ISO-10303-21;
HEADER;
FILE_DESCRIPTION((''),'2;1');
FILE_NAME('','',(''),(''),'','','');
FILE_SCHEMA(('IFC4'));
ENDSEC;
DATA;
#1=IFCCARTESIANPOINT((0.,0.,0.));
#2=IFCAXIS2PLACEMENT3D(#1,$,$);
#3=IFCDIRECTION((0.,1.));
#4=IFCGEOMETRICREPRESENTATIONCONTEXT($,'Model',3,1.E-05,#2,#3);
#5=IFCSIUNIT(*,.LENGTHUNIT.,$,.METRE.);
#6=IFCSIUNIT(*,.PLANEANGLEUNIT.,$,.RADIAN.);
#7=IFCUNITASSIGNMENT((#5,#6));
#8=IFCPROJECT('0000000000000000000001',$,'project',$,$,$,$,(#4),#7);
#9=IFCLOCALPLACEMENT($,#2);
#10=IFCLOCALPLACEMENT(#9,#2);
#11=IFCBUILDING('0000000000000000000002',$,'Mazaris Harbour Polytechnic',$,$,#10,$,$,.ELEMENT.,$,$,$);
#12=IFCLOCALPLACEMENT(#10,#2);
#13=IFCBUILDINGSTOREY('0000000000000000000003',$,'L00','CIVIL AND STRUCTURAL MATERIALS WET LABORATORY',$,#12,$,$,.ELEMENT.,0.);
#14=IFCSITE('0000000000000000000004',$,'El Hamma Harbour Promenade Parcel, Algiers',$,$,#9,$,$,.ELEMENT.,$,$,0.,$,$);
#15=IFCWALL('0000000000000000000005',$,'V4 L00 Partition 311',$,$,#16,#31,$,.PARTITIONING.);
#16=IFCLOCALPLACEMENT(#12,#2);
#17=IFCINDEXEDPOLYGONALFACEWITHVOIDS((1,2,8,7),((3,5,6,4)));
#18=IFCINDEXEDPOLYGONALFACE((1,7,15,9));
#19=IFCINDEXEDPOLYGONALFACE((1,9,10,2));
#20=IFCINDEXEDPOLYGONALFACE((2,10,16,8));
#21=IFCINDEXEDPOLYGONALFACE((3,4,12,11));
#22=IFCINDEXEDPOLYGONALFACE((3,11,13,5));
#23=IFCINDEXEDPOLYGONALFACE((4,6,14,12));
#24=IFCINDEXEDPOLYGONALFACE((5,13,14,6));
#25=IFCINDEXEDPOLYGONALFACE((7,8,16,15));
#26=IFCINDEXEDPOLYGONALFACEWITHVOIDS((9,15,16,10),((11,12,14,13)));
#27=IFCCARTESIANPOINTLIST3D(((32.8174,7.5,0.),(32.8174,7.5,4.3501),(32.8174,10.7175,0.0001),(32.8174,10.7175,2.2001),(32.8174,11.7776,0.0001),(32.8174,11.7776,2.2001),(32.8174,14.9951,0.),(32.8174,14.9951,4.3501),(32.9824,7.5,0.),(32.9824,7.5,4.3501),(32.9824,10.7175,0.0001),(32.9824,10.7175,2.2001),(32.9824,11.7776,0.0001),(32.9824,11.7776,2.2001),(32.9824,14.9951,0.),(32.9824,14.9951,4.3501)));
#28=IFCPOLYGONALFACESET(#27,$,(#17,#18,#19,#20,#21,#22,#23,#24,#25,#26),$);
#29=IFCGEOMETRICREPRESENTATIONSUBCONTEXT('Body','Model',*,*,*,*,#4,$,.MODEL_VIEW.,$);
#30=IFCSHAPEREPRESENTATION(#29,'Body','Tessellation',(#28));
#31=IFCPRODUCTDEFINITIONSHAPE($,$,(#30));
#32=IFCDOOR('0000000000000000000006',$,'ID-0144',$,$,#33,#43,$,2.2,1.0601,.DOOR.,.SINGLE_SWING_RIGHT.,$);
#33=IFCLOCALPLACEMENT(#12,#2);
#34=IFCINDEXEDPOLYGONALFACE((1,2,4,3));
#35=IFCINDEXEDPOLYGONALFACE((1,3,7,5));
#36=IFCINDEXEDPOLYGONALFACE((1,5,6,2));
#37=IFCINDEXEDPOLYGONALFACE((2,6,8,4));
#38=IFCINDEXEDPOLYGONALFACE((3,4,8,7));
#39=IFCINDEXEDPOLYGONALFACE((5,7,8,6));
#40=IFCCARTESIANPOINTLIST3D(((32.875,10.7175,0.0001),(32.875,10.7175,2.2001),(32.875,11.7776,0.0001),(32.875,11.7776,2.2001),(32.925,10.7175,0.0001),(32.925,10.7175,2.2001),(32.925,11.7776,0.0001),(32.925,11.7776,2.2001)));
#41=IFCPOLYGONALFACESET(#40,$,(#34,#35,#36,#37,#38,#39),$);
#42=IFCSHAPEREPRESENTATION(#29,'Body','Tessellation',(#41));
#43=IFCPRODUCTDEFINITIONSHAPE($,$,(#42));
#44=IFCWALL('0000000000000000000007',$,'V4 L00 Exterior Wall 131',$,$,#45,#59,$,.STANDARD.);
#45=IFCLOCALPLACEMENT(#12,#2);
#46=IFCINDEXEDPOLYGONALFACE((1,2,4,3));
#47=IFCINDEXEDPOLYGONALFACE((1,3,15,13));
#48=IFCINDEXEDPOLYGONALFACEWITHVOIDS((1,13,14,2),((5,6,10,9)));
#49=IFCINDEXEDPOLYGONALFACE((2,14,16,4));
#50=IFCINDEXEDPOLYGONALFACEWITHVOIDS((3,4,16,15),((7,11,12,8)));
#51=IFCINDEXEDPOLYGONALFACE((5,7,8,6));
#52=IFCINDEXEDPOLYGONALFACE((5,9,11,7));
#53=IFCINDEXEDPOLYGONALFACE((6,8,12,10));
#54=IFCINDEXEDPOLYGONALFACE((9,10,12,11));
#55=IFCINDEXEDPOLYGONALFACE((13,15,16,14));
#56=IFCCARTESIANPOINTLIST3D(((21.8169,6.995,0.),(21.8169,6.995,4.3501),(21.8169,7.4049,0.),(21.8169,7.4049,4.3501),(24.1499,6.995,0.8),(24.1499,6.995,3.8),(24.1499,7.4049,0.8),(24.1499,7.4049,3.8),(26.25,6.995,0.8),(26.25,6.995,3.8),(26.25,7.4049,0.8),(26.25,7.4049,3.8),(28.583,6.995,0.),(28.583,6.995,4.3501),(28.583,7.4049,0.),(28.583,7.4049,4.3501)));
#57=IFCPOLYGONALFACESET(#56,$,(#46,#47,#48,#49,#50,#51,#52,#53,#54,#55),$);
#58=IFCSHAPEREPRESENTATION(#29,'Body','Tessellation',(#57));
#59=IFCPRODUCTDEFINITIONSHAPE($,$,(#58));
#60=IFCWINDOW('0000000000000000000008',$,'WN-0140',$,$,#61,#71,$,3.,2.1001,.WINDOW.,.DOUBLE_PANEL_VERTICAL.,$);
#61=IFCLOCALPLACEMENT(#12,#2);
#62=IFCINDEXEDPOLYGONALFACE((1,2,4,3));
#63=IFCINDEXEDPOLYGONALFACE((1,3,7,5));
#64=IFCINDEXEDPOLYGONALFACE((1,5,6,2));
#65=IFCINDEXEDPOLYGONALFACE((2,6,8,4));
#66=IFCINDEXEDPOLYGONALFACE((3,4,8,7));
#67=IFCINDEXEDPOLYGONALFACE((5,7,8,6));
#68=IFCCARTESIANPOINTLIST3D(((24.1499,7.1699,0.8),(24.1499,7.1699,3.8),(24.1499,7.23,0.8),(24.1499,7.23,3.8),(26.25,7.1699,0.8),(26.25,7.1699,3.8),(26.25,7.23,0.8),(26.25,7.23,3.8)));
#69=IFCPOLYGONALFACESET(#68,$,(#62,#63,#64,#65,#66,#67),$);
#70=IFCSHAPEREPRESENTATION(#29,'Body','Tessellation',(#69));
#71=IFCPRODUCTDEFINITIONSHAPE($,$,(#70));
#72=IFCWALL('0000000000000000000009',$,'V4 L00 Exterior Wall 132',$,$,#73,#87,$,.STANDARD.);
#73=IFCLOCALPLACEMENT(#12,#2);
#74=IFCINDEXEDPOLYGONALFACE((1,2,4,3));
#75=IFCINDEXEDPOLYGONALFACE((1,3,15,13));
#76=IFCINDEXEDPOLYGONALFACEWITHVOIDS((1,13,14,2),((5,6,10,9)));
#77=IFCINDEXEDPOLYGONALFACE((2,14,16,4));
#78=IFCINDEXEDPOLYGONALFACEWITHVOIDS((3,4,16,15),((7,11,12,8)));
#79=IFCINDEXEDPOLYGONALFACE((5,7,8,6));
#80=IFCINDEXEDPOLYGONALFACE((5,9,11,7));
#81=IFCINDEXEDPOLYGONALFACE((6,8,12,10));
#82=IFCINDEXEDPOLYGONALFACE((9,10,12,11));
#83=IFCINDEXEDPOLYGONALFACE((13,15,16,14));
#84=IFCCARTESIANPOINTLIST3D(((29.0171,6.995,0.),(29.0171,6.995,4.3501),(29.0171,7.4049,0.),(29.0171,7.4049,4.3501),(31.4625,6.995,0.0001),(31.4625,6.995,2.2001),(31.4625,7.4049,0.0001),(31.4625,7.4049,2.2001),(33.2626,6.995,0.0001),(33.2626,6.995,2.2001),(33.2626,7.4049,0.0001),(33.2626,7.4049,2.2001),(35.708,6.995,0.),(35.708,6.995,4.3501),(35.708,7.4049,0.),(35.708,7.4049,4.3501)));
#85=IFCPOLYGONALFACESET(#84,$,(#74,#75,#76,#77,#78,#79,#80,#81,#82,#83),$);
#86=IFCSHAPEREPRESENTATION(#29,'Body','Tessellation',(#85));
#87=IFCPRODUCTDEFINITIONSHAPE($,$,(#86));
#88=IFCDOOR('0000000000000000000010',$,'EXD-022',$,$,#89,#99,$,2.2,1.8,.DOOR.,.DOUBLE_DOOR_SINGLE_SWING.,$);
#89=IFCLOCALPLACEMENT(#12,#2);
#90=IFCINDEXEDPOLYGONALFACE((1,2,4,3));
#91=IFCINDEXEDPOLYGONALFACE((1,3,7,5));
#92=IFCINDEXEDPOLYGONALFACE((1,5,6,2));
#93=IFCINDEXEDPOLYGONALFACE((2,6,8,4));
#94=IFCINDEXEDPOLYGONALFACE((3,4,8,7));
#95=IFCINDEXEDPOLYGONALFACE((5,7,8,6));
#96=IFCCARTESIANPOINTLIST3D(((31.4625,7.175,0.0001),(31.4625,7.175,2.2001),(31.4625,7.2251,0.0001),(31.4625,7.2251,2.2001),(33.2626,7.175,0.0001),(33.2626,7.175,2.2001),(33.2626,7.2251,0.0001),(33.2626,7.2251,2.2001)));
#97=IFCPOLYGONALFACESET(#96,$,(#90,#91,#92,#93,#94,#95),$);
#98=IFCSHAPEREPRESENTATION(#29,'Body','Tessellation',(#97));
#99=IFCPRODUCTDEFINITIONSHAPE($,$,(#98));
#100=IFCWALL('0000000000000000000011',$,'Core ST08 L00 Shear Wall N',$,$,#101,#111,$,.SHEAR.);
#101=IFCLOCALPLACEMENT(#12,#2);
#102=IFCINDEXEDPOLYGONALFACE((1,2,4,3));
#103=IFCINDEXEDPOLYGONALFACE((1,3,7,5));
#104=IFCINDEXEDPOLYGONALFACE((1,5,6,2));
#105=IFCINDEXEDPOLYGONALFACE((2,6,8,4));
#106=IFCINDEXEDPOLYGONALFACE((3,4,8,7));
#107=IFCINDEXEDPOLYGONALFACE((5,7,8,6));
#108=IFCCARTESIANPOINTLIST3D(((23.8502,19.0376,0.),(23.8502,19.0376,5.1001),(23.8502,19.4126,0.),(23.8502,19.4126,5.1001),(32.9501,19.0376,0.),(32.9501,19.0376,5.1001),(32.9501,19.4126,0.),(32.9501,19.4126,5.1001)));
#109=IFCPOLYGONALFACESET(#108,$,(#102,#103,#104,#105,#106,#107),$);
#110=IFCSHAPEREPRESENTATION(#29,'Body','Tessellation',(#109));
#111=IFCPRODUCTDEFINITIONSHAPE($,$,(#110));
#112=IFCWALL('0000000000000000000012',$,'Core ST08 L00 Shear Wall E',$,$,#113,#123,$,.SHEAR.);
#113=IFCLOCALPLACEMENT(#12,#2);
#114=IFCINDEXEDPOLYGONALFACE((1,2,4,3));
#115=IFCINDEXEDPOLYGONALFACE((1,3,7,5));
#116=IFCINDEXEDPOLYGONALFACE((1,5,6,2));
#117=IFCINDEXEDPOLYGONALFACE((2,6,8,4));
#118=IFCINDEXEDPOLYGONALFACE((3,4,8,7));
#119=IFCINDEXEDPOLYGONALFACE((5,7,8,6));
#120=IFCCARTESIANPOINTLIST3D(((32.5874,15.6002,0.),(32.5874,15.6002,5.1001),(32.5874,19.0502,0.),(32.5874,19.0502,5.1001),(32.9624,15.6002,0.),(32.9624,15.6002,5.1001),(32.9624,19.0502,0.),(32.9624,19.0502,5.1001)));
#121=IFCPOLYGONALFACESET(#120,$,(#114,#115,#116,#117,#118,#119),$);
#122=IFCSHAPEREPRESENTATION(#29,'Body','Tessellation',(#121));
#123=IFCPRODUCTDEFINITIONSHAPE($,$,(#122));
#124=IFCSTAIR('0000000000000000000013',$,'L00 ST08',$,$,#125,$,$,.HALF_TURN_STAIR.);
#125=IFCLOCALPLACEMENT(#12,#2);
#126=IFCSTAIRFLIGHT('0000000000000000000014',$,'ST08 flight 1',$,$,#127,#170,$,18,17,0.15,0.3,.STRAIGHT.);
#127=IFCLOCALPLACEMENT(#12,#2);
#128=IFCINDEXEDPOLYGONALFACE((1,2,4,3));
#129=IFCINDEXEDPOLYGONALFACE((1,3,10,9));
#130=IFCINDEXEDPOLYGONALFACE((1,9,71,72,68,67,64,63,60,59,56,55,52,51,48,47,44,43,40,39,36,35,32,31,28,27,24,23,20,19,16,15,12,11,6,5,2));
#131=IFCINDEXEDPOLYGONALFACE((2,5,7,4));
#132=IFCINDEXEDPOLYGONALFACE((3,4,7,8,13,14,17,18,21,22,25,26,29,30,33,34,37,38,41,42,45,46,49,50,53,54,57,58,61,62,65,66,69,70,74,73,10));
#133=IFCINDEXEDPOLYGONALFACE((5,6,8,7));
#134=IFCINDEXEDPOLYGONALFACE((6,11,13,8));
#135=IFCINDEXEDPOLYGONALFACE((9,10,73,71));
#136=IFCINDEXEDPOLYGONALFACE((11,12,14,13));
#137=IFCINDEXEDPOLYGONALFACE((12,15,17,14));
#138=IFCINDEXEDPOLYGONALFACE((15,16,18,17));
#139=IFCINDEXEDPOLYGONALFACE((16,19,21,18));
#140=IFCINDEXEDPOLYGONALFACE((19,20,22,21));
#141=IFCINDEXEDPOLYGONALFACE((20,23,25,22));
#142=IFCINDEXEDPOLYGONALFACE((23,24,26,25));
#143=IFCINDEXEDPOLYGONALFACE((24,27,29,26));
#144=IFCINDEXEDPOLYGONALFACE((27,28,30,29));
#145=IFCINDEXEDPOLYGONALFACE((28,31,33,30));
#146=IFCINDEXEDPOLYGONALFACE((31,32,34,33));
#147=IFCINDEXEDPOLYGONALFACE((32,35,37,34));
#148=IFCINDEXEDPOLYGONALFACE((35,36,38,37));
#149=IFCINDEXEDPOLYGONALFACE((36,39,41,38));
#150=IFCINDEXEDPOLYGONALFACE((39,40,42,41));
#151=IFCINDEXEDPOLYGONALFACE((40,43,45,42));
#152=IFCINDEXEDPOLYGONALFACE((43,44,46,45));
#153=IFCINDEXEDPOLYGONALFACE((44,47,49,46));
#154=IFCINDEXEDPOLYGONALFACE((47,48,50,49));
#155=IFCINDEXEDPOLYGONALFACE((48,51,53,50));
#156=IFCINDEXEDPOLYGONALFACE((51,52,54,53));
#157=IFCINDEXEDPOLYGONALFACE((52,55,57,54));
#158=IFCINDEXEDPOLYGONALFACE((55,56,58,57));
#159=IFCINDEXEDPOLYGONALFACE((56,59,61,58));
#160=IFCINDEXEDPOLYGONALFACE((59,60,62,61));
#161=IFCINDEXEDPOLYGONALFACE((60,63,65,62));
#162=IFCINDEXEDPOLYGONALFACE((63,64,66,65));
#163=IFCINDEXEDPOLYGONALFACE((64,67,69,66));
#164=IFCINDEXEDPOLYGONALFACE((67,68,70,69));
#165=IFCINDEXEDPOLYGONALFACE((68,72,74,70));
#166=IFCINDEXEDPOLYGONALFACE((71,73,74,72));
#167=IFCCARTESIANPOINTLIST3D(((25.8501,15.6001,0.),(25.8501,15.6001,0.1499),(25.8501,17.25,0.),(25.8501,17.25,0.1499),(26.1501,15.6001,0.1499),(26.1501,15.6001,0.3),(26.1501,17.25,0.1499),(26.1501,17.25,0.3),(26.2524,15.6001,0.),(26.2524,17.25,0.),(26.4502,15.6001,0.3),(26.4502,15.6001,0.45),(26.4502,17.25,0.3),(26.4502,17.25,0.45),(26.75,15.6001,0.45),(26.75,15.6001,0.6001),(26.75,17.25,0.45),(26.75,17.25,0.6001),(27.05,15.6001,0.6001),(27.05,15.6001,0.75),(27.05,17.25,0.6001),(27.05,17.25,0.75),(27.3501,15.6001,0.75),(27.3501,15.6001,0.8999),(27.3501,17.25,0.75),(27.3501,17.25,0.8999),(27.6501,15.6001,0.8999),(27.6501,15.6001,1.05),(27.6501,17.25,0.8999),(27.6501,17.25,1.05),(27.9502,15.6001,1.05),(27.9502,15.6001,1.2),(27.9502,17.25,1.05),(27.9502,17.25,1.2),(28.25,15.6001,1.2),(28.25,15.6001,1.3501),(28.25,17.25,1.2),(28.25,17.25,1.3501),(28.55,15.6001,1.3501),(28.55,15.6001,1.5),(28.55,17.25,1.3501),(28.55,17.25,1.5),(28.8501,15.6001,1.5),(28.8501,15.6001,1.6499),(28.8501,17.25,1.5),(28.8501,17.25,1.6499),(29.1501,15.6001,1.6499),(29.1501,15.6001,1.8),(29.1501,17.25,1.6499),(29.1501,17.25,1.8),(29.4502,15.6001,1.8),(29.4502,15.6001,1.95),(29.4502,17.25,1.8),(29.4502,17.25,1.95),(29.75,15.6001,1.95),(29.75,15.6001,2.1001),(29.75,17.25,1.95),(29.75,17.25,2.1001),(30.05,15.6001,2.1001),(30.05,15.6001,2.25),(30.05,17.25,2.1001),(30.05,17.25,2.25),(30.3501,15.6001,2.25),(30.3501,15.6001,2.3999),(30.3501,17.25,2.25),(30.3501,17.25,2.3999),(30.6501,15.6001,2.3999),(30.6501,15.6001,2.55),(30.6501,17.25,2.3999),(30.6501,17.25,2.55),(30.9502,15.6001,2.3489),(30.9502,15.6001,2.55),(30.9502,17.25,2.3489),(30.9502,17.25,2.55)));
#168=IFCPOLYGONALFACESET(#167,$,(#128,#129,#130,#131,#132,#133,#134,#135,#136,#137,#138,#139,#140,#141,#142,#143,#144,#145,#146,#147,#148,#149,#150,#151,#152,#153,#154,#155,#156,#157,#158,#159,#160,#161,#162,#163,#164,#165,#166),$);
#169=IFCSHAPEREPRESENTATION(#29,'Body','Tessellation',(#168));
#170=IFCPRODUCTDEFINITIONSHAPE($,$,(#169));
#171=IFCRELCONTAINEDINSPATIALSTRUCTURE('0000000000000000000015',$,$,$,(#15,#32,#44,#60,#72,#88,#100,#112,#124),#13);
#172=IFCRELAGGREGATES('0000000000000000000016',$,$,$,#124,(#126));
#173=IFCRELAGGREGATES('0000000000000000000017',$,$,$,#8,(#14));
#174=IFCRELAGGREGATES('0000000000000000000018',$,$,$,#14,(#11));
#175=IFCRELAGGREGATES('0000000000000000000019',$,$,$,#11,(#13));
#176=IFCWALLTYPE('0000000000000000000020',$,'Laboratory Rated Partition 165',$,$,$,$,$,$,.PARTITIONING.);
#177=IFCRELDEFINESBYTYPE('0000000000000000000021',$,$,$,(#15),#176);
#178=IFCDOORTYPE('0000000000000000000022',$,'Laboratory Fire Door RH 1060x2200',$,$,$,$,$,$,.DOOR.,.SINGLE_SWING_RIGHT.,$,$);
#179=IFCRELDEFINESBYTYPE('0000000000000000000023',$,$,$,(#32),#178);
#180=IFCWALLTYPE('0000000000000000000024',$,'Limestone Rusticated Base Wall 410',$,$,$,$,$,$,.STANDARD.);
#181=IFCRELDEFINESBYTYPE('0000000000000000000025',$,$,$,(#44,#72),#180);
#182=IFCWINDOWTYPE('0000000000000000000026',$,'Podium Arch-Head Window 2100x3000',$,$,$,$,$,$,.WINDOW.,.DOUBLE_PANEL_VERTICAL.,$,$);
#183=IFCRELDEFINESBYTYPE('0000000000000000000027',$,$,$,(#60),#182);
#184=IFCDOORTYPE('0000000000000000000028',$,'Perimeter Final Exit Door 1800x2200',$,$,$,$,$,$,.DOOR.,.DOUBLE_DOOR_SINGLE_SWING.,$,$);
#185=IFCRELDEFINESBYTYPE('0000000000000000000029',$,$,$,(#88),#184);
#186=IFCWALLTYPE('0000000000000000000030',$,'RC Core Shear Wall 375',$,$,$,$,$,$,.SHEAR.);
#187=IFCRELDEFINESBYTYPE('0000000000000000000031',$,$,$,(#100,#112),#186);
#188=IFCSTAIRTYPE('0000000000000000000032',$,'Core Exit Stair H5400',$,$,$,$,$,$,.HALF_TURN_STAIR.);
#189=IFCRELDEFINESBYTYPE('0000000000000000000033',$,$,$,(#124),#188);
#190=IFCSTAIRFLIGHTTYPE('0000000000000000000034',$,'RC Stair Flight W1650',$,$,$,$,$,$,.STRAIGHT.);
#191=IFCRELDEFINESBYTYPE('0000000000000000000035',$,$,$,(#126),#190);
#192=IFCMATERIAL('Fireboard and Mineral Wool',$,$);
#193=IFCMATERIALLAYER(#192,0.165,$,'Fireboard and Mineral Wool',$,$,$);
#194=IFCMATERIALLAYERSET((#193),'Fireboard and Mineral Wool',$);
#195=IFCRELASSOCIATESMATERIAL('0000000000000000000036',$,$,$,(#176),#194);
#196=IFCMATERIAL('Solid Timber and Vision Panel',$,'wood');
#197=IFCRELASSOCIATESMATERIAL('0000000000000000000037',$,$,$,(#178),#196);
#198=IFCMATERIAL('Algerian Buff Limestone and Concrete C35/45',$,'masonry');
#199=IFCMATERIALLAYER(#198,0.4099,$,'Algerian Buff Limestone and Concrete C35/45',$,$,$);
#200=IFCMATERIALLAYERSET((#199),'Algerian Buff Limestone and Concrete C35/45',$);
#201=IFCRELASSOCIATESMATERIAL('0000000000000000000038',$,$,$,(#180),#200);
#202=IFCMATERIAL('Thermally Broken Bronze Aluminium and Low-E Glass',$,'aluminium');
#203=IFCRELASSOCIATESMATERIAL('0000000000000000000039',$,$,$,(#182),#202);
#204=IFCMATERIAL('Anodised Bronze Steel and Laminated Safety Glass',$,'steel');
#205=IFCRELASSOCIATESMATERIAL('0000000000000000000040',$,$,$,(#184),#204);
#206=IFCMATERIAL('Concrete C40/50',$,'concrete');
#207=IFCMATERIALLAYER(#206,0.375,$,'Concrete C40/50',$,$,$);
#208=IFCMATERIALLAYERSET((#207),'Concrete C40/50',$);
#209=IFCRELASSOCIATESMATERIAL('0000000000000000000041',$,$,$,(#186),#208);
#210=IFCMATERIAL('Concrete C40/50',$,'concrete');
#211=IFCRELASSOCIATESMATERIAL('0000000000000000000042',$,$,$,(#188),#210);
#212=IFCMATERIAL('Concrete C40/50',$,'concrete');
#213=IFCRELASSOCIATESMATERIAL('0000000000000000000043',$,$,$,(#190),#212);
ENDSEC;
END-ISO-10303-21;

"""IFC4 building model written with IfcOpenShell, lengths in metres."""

from ifc_helpers import new_model, si_unit, direction, frame, frame_2d, origin, place, context, subcontext, project, spatial, polyline, rectangle, outline, extrude, material, layer, layer_set, type_object, element, fill, aggregate, save


model = new_model("IFC4")

# Units and contexts
model_context = context("Model", 3, precision=1e-05, world=origin(), true_north=direction((0.0, 1.0)))
body_context = subcontext(model_context, "Body", "Model", "MODEL_VIEW")
ifc_project = project(units=[si_unit("LENGTHUNIT", "METRE"), si_unit("PLANEANGLEUNIT", "RADIAN")], contexts=[model_context])

# Site, building, storey
site_placement = place(None, origin())
site = spatial("IfcSite", under=ifc_project, at=site_placement, Name="El Hamma Harbour Promenade Parcel, Algiers", CompositionType="ELEMENT", RefElevation=0.0)
building_placement = place(site_placement, origin())
building = spatial("IfcBuilding", under=site, at=building_placement, Name="Mazaris Harbour Polytechnic", CompositionType="ELEMENT")
storey_placement = place(building_placement, origin())
storey = spatial("IfcBuildingStorey", under=building, at=storey_placement, Name="L00", Description="CIVIL AND STRUCTURAL MATERIALS WET LABORATORY", CompositionType="ELEMENT", Elevation=0.0)

# Wall, opening, door
ifc_material_1 = material(Name="Fireboard and Mineral Wool")
ifc_layer_1 = layer(ifc_material_1, 0.165, Name="Fireboard and Mineral Wool")
ifc_layer_set_1 = layer_set([ifc_layer_1], Name="Fireboard and Mineral Wool")
wall_type_1 = type_object("IfcWallType", Name="Laboratory Rated Partition 165", PredefinedType="PARTITIONING", material=ifc_layer_set_1)
wall_1_placement = place(storey_placement, frame((32.8999, 7.5, 0.0), z_axis=(0.0, 0.0, 1.0), x_axis=(0.0, 1.0, 0.0)))
wall_1 = element("IfcWall", 1, at=wall_1_placement, inside=storey, type_object=wall_type_1, Name="V4 L00 Partition 311", PredefinedType="PARTITIONING", context=body_context, shape_type="SweptSolid", body=[
    extrude(rectangle(XDim=7.4951, YDim=0.165, at=frame_2d((3.7476, 0.0))), origin(), (0.0, 0.0, 1.0), 4.3501),
])
opening_1_placement = place(wall_1_placement, frame((3.2175, 0.0, 0.0)))
opening_1 = element("IfcOpeningElement", 2, at=opening_1_placement, cuts=wall_1, PredefinedType="OPENING", context=body_context, shape_type="SweptSolid", body=[
    extrude(rectangle(XDim=1.0601, YDim=2.2, at=frame_2d((0.53, 1.1001))), frame((0.0, 0.0925, 0.0), z_axis=(0.0, -1.0, 0.0), x_axis=(1.0, 0.0, 0.0)), (0.0, 0.0, 1.0), 0.1851),
])
ifc_material_2 = material(Name="Solid Timber and Vision Panel", Category="wood")
door_type_1 = type_object("IfcDoorType", Name="Laboratory Fire Door RH 1060x2200", OperationType="SINGLE_SWING_RIGHT", PredefinedType="DOOR", material=ifc_material_2)
door_1_placement = place(opening_1_placement, origin())
door_1 = element("IfcDoor", 3, at=door_1_placement, inside=storey, type_object=door_type_1, Name="ID-0144", OperationType="SINGLE_SWING_RIGHT", OverallHeight=2.2, OverallWidth=1.0601, PredefinedType="DOOR", context=body_context, shape_type="SweptSolid", body=[
    extrude(rectangle(XDim=1.0601, YDim=2.2, at=frame_2d((0.53, 1.1001))), frame((0.0, 0.0249, 0.0), z_axis=(0.0, -1.0, 0.0), x_axis=(1.0, 0.0, 0.0)), (0.0, 0.0, 1.0), 0.05),
])
fill(opening_1, door_1)

# Wall, opening, window
ifc_material_3 = material(Name="Algerian Buff Limestone and Concrete C35/45", Category="masonry")
ifc_layer_2 = layer(ifc_material_3, 0.4099, Name="Algerian Buff Limestone and Concrete C35/45")
ifc_layer_set_2 = layer_set([ifc_layer_2], Name="Algerian Buff Limestone and Concrete C35/45")
wall_type_2 = type_object("IfcWallType", Name="Limestone Rusticated Base Wall 410", PredefinedType="STANDARD", material=ifc_layer_set_2)
wall_2_placement = place(storey_placement, frame((28.583, 7.2, 0.0), z_axis=(0.0, 0.0, 1.0), x_axis=(-1.0, 0.0, 0.0)))
wall_2 = element("IfcWall", 4, at=wall_2_placement, inside=storey, type_object=wall_type_2, Name="V4 L00 Exterior Wall 131", PredefinedType="STANDARD", context=body_context, shape_type="SweptSolid", body=[
    extrude(rectangle(XDim=6.7661, YDim=0.4099, at=frame_2d((3.3831, 0.0))), origin(), (0.0, 0.0, 1.0), 4.3501),
])
opening_2_placement = place(wall_2_placement, frame((2.333, 0.0, 0.8)))
opening_2 = element("IfcOpeningElement", 5, at=opening_2_placement, cuts=wall_2, PredefinedType="OPENING", context=body_context, shape_type="SweptSolid", body=[
    extrude(rectangle(XDim=2.1001, YDim=3.0, at=frame_2d((1.05, 1.5))), frame((0.0, 0.2148, 0.0), z_axis=(0.0, -1.0, 0.0), x_axis=(1.0, 0.0, 0.0)), (0.0, 0.0, 1.0), 0.4299),
])
ifc_material_4 = material(Name="Thermally Broken Bronze Aluminium and Low-E Glass", Category="aluminium")
window_type = type_object("IfcWindowType", Name="Podium Arch-Head Window 2100x3000", PartitioningType="DOUBLE_PANEL_VERTICAL", PredefinedType="WINDOW", material=ifc_material_4)
window_placement = place(opening_2_placement, origin())
window = element("IfcWindow", 6, at=window_placement, inside=storey, type_object=window_type, Name="WN-0140", OverallHeight=3.0, OverallWidth=2.1001, PartitioningType="DOUBLE_PANEL_VERTICAL", PredefinedType="WINDOW", context=body_context, shape_type="SweptSolid", body=[
    extrude(rectangle(XDim=2.1001, YDim=3.0, at=frame_2d((1.05, 1.5))), frame((0.0, 0.03, 0.0), z_axis=(0.0, -1.0, 0.0), x_axis=(1.0, 0.0, 0.0)), (0.0, 0.0, 1.0), 0.0601),
])
fill(opening_2, window)

# Wall, opening, door
wall_3_placement = place(storey_placement, frame((35.708, 7.2, 0.0), z_axis=(0.0, 0.0, 1.0), x_axis=(-1.0, 0.0, 0.0)))
wall_3 = element("IfcWall", 7, at=wall_3_placement, inside=storey, type_object=wall_type_2, Name="V4 L00 Exterior Wall 132", PredefinedType="STANDARD", context=body_context, shape_type="SweptSolid", body=[
    extrude(rectangle(XDim=6.6909, YDim=0.4099, at=frame_2d((3.3455, 0.0))), origin(), (0.0, 0.0, 1.0), 4.3501),
])
opening_3_placement = place(wall_3_placement, frame((2.4456, 0.0, 0.0)))
opening_3 = element("IfcOpeningElement", 8, at=opening_3_placement, cuts=wall_3, PredefinedType="OPENING", context=body_context, shape_type="SweptSolid", body=[
    extrude(rectangle(XDim=1.8, YDim=2.2, at=frame_2d((0.8999, 1.1001))), frame((0.0, 0.2148, 0.0), z_axis=(0.0, -1.0, 0.0), x_axis=(1.0, 0.0, 0.0)), (0.0, 0.0, 1.0), 0.4299),
])
ifc_material_5 = material(Name="Anodised Bronze Steel and Laminated Safety Glass", Category="steel")
door_type_2 = type_object("IfcDoorType", Name="Perimeter Final Exit Door 1800x2200", OperationType="DOUBLE_DOOR_SINGLE_SWING", PredefinedType="DOOR", material=ifc_material_5)
door_2_placement = place(opening_3_placement, origin())
door_2 = element("IfcDoor", 9, at=door_2_placement, inside=storey, type_object=door_type_2, Name="EXD-022", OperationType="DOUBLE_DOOR_SINGLE_SWING", OverallHeight=2.2, OverallWidth=1.8, PredefinedType="DOOR", context=body_context, shape_type="SweptSolid", body=[
    extrude(rectangle(XDim=1.8, YDim=2.2, at=frame_2d((0.8999, 1.1001))), frame((0.0, 0.0249, 0.0), z_axis=(0.0, -1.0, 0.0), x_axis=(1.0, 0.0, 0.0)), (0.0, 0.0, 1.0), 0.05),
])
fill(opening_3, door_2)

# Walls
ifc_material_6 = material(Name="Concrete C40/50", Category="concrete")
ifc_layer_3 = layer(ifc_material_6, 0.375, Name="Concrete C40/50")
ifc_layer_set_3 = layer_set([ifc_layer_3], Name="Concrete C40/50")
wall_type_3 = type_object("IfcWallType", Name="RC Core Shear Wall 375", PredefinedType="SHEAR", material=ifc_layer_set_3)
wall_4_placement = place(storey_placement, frame((32.95, 19.2251, 0.0), z_axis=(0.0, 0.0, 1.0), x_axis=(-1.0, 0.0, 0.0)))
element("IfcWall", 10, at=wall_4_placement, inside=storey, type_object=wall_type_3, Name="Core ST08 L00 Shear Wall N", PredefinedType="SHEAR", context=body_context, shape_type="SweptSolid", body=[
    extrude(rectangle(XDim=9.0999, YDim=0.375, at=frame_2d((4.5498, 0.0))), origin(), (0.0, 0.0, 1.0), 5.1001),
])
wall_5_placement = place(storey_placement, frame((32.7749, 15.6001, 0.0), z_axis=(0.0, 0.0, 1.0), x_axis=(0.0, 1.0, 0.0)))
element("IfcWall", 11, at=wall_5_placement, inside=storey, type_object=wall_type_3, Name="Core ST08 L00 Shear Wall E", PredefinedType="SHEAR", context=body_context, shape_type="SweptSolid", body=[
    extrude(rectangle(XDim=3.45, YDim=0.375, at=frame_2d((1.7251, 0.0))), origin(), (0.0, 0.0, 1.0), 5.1001),
])

# Stair, stair flight
ifc_material_7 = material(Name="Concrete C40/50", Category="concrete")
stair_type = type_object("IfcStairType", Name="Core Exit Stair H5400", PredefinedType="HALF_TURN_STAIR", material=ifc_material_7)
stair_placement = place(storey_placement, origin())
stair = element("IfcStair", 12, at=stair_placement, inside=storey, type_object=stair_type, Name="L00 ST08", PredefinedType="HALF_TURN_STAIR")
ifc_material_8 = material(Name="Concrete C40/50", Category="concrete")
stair_flight_type = type_object("IfcStairFlightType", Name="RC Stair Flight W1650", PredefinedType="STRAIGHT", material=ifc_material_8)
stair_flight_1_placement = place(storey_placement, frame((25.8501, 16.425, 0.0), z_axis=(0.0, 0.0, 1.0), x_axis=(1.0, 0.0, 0.0)))
stair_flight_1 = element("IfcStairFlight", 13, at=stair_flight_1_placement, type_object=stair_flight_type, Name="ST08 flight 1", NumberOfRisers=18, NumberOfTreads=17, PredefinedType="STRAIGHT", RiserHeight=0.15, TreadLength=0.3, context=body_context, shape_type="SweptSolid", body=[
    extrude(outline(polyline([(0.0, 0.0), (0.0, 0.1499), (0.3, 0.1499), (0.3, 0.3), (0.6001, 0.3), (0.6001, 0.45), (0.8999, 0.45), (0.8999, 0.6001), (1.2, 0.6001), (1.2, 0.75), (1.5, 0.75), (1.5, 0.8999), (1.8, 0.8999), (1.8, 1.05), (2.1001, 1.05), (2.1001, 1.2), (2.3999, 1.2), (2.3999, 1.3501), (2.7, 1.3501), (2.7, 1.5), (3.0, 1.5), (3.0, 1.6499), (3.3, 1.6499), (3.3, 1.8), (3.6001, 1.8), (3.6001, 1.95), (3.8999, 1.95), (3.8999, 2.1001), (4.2, 2.1001), (4.2, 2.25), (4.5, 2.25), (4.5, 2.3999), (4.8, 2.3999), (4.8, 2.55), (5.1001, 2.55), (5.1001, 2.7), (5.1001, 2.3489), (0.4023, 0.0), (0.0, 0.0)])), frame((0.0, 0.825, 0.0), z_axis=(0.0, -1.0, 0.0), x_axis=(1.0, 0.0, 0.0)), (0.0, 0.0, 1.0), 1.6499),
])
aggregate(stair, [stair_flight_1])

save(model, "model.ifc")
